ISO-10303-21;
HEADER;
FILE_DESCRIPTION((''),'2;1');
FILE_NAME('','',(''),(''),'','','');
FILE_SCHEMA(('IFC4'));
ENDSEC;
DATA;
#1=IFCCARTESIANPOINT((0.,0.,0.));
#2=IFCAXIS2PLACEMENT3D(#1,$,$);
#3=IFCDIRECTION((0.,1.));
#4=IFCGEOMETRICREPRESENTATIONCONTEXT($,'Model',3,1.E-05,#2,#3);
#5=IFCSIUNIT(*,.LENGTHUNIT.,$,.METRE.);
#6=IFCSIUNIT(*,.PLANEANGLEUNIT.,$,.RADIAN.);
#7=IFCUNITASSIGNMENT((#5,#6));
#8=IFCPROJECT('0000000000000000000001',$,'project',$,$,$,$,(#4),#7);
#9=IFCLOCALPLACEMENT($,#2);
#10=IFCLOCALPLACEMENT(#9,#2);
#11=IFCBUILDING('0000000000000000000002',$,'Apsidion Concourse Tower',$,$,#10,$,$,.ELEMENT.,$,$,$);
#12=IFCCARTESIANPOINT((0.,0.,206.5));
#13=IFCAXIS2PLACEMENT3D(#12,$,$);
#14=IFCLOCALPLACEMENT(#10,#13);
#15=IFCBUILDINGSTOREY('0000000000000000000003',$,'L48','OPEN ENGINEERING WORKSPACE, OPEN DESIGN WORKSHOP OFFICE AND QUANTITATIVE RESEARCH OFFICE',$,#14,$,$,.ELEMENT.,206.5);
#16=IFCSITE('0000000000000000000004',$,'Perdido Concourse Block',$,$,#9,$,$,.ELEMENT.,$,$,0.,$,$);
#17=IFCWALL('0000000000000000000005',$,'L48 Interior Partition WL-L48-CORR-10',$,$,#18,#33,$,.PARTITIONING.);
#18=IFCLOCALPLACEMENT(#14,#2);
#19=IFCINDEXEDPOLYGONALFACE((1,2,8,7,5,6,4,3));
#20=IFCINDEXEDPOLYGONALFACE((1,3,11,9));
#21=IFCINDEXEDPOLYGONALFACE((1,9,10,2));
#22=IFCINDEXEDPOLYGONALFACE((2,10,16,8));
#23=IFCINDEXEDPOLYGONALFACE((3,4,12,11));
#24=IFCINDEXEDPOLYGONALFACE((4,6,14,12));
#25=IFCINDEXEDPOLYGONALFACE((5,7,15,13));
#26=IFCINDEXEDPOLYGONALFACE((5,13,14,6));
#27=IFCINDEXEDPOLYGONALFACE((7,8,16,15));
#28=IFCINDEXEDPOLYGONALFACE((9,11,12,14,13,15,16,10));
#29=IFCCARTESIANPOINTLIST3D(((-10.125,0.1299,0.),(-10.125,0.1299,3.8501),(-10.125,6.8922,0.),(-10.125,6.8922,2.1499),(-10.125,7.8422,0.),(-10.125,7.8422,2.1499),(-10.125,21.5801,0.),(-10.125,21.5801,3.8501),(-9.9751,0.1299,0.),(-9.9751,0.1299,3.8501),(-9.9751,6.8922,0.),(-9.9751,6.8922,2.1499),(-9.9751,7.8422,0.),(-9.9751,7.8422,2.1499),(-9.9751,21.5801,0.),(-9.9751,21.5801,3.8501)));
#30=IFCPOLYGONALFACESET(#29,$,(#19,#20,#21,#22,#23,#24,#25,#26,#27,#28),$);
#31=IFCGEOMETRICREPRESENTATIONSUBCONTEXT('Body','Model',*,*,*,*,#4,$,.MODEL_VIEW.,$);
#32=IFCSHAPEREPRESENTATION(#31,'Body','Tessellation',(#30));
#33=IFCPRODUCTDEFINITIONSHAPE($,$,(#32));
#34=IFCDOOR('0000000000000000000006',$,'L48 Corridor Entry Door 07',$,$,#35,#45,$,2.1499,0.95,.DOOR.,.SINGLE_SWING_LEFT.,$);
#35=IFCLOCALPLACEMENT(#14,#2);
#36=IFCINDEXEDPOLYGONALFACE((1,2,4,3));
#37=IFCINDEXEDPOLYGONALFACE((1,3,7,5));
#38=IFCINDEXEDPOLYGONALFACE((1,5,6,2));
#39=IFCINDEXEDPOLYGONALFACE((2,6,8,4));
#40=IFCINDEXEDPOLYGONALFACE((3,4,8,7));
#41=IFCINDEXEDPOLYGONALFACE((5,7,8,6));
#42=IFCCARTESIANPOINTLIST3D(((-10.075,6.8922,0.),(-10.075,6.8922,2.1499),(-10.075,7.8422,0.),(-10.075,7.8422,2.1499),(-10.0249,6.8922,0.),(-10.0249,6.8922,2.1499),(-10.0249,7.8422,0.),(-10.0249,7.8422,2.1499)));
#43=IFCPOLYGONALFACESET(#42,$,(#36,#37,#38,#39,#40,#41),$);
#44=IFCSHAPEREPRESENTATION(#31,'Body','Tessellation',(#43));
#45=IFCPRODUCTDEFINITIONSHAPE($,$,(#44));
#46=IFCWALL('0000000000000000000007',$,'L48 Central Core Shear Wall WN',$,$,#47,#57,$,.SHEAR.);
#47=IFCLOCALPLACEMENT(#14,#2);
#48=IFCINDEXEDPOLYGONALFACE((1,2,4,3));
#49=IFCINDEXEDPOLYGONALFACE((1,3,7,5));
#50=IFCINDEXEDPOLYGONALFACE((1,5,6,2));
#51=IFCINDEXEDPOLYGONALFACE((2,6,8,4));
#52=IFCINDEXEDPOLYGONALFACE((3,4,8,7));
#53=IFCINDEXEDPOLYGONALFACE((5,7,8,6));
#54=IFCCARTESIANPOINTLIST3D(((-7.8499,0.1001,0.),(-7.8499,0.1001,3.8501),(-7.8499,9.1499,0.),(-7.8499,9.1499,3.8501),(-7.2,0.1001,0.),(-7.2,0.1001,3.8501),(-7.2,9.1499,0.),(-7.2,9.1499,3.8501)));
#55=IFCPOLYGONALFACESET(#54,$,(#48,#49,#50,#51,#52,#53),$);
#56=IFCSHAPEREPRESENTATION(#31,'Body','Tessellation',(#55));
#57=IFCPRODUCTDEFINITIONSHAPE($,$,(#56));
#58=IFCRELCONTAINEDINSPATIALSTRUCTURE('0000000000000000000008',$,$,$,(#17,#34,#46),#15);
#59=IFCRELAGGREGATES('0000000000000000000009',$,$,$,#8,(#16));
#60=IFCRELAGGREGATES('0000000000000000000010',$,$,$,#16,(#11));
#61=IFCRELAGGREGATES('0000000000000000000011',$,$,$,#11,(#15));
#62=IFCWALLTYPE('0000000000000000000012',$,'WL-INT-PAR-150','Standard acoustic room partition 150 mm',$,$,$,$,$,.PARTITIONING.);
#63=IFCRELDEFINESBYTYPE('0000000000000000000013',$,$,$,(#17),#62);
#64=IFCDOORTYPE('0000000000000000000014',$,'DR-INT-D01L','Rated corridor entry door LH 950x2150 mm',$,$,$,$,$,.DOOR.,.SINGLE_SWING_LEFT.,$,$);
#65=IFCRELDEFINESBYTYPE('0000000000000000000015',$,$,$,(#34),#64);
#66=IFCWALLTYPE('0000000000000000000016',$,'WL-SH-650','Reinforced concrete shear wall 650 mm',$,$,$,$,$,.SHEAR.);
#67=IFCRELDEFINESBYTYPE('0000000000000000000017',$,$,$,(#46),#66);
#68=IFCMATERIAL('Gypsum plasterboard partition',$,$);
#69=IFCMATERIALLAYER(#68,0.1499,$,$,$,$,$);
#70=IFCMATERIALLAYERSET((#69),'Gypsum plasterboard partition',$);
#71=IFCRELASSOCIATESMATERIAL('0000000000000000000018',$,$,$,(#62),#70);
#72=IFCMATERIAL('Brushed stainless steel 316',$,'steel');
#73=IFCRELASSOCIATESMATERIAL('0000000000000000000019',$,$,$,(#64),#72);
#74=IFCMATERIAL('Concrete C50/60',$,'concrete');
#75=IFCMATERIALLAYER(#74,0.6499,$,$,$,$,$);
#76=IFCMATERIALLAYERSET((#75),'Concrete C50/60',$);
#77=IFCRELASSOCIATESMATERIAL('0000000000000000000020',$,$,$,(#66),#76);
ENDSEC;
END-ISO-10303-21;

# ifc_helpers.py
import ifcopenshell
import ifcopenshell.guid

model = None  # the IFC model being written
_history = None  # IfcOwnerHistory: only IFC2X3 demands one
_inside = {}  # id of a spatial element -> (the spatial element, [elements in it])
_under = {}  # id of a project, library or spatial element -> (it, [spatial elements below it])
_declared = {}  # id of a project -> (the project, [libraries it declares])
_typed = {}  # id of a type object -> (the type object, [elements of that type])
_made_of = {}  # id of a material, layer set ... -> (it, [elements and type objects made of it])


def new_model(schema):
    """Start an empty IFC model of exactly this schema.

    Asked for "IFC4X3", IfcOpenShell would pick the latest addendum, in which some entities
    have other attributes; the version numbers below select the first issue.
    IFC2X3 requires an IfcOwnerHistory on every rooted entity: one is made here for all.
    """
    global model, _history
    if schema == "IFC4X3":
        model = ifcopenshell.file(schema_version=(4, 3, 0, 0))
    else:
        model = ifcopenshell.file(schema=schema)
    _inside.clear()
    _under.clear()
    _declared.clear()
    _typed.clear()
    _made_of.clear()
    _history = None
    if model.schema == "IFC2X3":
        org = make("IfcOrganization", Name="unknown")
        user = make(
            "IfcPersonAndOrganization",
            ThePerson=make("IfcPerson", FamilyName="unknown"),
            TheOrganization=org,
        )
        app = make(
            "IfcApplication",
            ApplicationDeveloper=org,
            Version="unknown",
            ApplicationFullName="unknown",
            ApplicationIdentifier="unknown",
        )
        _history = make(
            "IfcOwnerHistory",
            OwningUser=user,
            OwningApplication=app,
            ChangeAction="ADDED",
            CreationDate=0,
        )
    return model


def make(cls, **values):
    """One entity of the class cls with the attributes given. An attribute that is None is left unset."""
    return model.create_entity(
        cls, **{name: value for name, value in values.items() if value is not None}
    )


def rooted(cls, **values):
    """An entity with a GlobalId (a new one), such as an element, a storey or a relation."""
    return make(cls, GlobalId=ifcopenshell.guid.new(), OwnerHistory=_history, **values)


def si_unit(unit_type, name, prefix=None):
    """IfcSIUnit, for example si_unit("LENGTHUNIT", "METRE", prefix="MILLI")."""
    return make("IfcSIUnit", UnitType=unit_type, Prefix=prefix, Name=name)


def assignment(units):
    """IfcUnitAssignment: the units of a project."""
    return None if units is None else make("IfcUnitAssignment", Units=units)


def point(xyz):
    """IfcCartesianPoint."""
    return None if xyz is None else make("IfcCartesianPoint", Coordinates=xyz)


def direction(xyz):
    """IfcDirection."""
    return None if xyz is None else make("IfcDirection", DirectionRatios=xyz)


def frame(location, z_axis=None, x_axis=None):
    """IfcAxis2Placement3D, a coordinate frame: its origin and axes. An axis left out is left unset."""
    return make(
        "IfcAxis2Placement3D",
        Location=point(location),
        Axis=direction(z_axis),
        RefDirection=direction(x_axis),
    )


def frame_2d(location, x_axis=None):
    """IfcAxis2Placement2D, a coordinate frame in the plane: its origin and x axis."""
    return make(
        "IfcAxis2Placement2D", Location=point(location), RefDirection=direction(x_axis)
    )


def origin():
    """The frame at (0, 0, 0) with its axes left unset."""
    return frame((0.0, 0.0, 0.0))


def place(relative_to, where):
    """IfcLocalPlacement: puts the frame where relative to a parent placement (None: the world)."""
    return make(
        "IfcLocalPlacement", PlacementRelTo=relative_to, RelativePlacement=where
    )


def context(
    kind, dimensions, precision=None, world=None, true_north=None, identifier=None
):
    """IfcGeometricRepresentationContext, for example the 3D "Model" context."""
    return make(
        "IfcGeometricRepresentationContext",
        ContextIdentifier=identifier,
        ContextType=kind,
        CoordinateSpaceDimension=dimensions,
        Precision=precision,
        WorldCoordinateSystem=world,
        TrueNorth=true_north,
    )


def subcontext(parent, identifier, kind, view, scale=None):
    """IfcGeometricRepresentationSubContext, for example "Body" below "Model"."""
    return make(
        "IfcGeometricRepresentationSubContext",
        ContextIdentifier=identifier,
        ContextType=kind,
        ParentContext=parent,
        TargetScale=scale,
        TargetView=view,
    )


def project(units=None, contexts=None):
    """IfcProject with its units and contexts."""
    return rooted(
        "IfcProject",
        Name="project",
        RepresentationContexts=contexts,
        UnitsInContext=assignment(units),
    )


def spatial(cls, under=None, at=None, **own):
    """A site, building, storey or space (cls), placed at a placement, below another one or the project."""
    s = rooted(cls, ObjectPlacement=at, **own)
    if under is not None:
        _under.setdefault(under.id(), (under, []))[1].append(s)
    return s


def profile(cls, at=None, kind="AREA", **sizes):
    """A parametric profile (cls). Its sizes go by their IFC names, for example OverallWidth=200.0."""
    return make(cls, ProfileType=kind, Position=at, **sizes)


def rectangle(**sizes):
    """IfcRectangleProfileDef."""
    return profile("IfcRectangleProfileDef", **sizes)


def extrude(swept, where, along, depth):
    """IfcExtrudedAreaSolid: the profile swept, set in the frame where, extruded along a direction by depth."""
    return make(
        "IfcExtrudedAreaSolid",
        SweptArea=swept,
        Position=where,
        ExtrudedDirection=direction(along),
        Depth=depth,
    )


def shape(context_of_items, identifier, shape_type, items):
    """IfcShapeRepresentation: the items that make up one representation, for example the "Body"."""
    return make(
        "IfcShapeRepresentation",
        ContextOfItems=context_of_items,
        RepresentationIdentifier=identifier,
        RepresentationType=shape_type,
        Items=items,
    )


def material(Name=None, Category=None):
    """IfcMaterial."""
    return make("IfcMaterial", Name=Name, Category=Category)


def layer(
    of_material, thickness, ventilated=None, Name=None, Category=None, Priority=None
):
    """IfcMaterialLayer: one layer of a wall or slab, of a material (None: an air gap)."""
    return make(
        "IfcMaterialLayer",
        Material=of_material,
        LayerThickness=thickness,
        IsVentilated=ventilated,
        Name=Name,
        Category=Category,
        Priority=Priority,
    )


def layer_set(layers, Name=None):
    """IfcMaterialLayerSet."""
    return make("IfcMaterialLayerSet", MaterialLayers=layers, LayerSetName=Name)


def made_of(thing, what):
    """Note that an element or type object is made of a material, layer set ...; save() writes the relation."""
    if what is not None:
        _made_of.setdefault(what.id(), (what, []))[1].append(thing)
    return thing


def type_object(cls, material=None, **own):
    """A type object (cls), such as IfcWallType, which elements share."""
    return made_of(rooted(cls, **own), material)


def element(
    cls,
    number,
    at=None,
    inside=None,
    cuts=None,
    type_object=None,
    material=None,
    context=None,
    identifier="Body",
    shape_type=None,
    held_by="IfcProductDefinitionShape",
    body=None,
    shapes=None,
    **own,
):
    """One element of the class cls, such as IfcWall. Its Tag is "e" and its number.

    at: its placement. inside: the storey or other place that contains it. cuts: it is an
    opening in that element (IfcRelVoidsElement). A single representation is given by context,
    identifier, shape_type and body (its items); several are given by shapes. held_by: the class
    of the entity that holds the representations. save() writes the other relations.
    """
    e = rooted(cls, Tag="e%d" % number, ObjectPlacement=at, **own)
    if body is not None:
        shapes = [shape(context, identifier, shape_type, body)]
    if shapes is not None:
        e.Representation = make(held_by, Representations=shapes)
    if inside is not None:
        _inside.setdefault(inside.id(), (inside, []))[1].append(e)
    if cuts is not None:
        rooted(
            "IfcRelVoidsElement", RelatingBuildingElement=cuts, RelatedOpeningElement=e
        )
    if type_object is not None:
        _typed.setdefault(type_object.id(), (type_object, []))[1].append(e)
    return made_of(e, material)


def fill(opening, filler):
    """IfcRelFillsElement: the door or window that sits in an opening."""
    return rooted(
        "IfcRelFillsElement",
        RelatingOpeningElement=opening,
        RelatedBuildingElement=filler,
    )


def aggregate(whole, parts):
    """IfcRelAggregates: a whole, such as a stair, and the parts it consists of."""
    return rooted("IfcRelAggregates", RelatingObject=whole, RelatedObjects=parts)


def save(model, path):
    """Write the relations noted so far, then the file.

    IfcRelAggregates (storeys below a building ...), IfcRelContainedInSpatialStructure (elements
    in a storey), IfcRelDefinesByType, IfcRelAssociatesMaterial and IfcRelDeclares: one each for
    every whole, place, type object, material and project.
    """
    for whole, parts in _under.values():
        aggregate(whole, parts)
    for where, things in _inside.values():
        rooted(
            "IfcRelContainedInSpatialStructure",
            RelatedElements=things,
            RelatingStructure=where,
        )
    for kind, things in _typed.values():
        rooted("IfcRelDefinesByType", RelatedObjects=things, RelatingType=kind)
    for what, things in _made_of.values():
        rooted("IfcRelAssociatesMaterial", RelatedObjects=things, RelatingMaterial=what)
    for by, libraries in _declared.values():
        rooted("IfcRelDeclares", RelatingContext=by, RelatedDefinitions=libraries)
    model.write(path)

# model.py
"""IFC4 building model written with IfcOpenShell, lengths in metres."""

from ifc_helpers import new_model, si_unit, direction, frame, frame_2d, origin, place, context, subcontext, project, spatial, rectangle, extrude, material, layer, layer_set, type_object, element, fill, save


model = new_model("IFC4")

# Units and contexts
model_context = context("Model", 3, precision=1e-05, world=origin(), true_north=direction((0.0, 1.0)))
body_context = subcontext(model_context, "Body", "Model", "MODEL_VIEW")
ifc_project = project(units=[si_unit("LENGTHUNIT", "METRE"), si_unit("PLANEANGLEUNIT", "RADIAN")], contexts=[model_context])

# Site, building, storey
site_placement = place(None, origin())
site = spatial("IfcSite", under=ifc_project, at=site_placement, Name="Perdido Concourse Block", CompositionType="ELEMENT", RefElevation=0.0)
building_placement = place(site_placement, origin())
building = spatial("IfcBuilding", under=site, at=building_placement, Name="Apsidion Concourse Tower", CompositionType="ELEMENT")
storey_placement = place(building_placement, frame((0.0, 0.0, 206.5)))
storey = spatial("IfcBuildingStorey", under=building, at=storey_placement, Name="L48", Description="OPEN ENGINEERING WORKSPACE, OPEN DESIGN WORKSHOP OFFICE AND QUANTITATIVE RESEARCH OFFICE", CompositionType="ELEMENT", Elevation=206.5)

# Shared definitions
ifc_material_1 = material(Name="Concrete C50/60", Category="concrete")

# Shared definitions
ifc_material_2 = material(Name="Gypsum plasterboard partition")
ifc_layer_1 = layer(ifc_material_2, 0.1499)
ifc_layer_set_1 = layer_set([ifc_layer_1], Name="Gypsum plasterboard partition")
wall_type_1 = type_object("IfcWallType", Name="WL-INT-PAR-150", Description="Standard acoustic room partition 150 mm", PredefinedType="PARTITIONING", material=ifc_layer_set_1)

# Wall, opening, door
wall_1_placement = place(storey_placement, frame((-10.05, 0.1299, 0.0), z_axis=(0.0, 0.0, 1.0), x_axis=(0.0, 1.0, 0.0)))
wall_1 = element("IfcWall", 1, at=wall_1_placement, inside=storey, type_object=wall_type_1, Name="L48 Interior Partition WL-L48-CORR-10", PredefinedType="PARTITIONING", context=body_context, shape_type="SweptSolid", body=[
    extrude(rectangle(XDim=21.4502, YDim=0.1499, at=frame_2d((10.7251, 0.0))), origin(), (0.0, 0.0, 1.0), 3.8501),
])
opening_placement = place(wall_1_placement, frame((6.7622, 0.0, 0.0)))
opening = element("IfcOpeningElement", 2, at=opening_placement, cuts=wall_1, PredefinedType="OPENING", context=body_context, shape_type="SweptSolid", body=[
    extrude(rectangle(XDim=0.95, YDim=2.1499, at=frame_2d((0.4751, 1.075))), frame((0.0, 0.085, 0.0), z_axis=(0.0, -1.0, 0.0), x_axis=(1.0, 0.0, 0.0)), (0.0, 0.0, 1.0), 0.1699),
])
ifc_material_3 = material(Name="Brushed stainless steel 316", Category="steel")
door_type = type_object("IfcDoorType", Name="DR-INT-D01L", Description="Rated corridor entry door LH 950x2150 mm", OperationType="SINGLE_SWING_LEFT", PredefinedType="DOOR", material=ifc_material_3)
door_placement = place(opening_placement, origin())
door = element("IfcDoor", 3, at=door_placement, inside=storey, type_object=door_type, Name="L48 Corridor Entry Door 07", OperationType="SINGLE_SWING_LEFT", OverallHeight=2.1499, OverallWidth=0.95, PredefinedType="DOOR", context=body_context, shape_type="SweptSolid", body=[
    extrude(rectangle(XDim=0.95, YDim=2.1499, at=frame_2d((0.4751, 1.075))), frame((0.0, 0.0249, 0.0), z_axis=(0.0, -1.0, 0.0), x_axis=(1.0, 0.0, 0.0)), (0.0, 0.0, 1.0), 0.05),
])
fill(opening, door)

# Wall
ifc_layer_2 = layer(ifc_material_1, 0.6499)
ifc_layer_set_2 = layer_set([ifc_layer_2], Name="Concrete C50/60")
wall_type_2 = type_object("IfcWallType", Name="WL-SH-650", Description="Reinforced concrete shear wall 650 mm", PredefinedType="SHEAR", material=ifc_layer_set_2)
wall_2_placement = place(storey_placement, frame((-7.5249, 0.1001, 0.0), z_axis=(0.0, 0.0, 1.0), x_axis=(0.0, 1.0, 0.0)))
element("IfcWall", 4, at=wall_2_placement, inside=storey, type_object=wall_type_2, Name="L48 Central Core Shear Wall WN", PredefinedType="SHEAR", context=body_context, shape_type="SweptSolid", body=[
    extrude(rectangle(XDim=9.0498, YDim=0.6499, at=frame_2d((4.5249, 0.0))), origin(), (0.0, 0.0, 1.0), 3.8501),
])

save(model, "model.ifc")
